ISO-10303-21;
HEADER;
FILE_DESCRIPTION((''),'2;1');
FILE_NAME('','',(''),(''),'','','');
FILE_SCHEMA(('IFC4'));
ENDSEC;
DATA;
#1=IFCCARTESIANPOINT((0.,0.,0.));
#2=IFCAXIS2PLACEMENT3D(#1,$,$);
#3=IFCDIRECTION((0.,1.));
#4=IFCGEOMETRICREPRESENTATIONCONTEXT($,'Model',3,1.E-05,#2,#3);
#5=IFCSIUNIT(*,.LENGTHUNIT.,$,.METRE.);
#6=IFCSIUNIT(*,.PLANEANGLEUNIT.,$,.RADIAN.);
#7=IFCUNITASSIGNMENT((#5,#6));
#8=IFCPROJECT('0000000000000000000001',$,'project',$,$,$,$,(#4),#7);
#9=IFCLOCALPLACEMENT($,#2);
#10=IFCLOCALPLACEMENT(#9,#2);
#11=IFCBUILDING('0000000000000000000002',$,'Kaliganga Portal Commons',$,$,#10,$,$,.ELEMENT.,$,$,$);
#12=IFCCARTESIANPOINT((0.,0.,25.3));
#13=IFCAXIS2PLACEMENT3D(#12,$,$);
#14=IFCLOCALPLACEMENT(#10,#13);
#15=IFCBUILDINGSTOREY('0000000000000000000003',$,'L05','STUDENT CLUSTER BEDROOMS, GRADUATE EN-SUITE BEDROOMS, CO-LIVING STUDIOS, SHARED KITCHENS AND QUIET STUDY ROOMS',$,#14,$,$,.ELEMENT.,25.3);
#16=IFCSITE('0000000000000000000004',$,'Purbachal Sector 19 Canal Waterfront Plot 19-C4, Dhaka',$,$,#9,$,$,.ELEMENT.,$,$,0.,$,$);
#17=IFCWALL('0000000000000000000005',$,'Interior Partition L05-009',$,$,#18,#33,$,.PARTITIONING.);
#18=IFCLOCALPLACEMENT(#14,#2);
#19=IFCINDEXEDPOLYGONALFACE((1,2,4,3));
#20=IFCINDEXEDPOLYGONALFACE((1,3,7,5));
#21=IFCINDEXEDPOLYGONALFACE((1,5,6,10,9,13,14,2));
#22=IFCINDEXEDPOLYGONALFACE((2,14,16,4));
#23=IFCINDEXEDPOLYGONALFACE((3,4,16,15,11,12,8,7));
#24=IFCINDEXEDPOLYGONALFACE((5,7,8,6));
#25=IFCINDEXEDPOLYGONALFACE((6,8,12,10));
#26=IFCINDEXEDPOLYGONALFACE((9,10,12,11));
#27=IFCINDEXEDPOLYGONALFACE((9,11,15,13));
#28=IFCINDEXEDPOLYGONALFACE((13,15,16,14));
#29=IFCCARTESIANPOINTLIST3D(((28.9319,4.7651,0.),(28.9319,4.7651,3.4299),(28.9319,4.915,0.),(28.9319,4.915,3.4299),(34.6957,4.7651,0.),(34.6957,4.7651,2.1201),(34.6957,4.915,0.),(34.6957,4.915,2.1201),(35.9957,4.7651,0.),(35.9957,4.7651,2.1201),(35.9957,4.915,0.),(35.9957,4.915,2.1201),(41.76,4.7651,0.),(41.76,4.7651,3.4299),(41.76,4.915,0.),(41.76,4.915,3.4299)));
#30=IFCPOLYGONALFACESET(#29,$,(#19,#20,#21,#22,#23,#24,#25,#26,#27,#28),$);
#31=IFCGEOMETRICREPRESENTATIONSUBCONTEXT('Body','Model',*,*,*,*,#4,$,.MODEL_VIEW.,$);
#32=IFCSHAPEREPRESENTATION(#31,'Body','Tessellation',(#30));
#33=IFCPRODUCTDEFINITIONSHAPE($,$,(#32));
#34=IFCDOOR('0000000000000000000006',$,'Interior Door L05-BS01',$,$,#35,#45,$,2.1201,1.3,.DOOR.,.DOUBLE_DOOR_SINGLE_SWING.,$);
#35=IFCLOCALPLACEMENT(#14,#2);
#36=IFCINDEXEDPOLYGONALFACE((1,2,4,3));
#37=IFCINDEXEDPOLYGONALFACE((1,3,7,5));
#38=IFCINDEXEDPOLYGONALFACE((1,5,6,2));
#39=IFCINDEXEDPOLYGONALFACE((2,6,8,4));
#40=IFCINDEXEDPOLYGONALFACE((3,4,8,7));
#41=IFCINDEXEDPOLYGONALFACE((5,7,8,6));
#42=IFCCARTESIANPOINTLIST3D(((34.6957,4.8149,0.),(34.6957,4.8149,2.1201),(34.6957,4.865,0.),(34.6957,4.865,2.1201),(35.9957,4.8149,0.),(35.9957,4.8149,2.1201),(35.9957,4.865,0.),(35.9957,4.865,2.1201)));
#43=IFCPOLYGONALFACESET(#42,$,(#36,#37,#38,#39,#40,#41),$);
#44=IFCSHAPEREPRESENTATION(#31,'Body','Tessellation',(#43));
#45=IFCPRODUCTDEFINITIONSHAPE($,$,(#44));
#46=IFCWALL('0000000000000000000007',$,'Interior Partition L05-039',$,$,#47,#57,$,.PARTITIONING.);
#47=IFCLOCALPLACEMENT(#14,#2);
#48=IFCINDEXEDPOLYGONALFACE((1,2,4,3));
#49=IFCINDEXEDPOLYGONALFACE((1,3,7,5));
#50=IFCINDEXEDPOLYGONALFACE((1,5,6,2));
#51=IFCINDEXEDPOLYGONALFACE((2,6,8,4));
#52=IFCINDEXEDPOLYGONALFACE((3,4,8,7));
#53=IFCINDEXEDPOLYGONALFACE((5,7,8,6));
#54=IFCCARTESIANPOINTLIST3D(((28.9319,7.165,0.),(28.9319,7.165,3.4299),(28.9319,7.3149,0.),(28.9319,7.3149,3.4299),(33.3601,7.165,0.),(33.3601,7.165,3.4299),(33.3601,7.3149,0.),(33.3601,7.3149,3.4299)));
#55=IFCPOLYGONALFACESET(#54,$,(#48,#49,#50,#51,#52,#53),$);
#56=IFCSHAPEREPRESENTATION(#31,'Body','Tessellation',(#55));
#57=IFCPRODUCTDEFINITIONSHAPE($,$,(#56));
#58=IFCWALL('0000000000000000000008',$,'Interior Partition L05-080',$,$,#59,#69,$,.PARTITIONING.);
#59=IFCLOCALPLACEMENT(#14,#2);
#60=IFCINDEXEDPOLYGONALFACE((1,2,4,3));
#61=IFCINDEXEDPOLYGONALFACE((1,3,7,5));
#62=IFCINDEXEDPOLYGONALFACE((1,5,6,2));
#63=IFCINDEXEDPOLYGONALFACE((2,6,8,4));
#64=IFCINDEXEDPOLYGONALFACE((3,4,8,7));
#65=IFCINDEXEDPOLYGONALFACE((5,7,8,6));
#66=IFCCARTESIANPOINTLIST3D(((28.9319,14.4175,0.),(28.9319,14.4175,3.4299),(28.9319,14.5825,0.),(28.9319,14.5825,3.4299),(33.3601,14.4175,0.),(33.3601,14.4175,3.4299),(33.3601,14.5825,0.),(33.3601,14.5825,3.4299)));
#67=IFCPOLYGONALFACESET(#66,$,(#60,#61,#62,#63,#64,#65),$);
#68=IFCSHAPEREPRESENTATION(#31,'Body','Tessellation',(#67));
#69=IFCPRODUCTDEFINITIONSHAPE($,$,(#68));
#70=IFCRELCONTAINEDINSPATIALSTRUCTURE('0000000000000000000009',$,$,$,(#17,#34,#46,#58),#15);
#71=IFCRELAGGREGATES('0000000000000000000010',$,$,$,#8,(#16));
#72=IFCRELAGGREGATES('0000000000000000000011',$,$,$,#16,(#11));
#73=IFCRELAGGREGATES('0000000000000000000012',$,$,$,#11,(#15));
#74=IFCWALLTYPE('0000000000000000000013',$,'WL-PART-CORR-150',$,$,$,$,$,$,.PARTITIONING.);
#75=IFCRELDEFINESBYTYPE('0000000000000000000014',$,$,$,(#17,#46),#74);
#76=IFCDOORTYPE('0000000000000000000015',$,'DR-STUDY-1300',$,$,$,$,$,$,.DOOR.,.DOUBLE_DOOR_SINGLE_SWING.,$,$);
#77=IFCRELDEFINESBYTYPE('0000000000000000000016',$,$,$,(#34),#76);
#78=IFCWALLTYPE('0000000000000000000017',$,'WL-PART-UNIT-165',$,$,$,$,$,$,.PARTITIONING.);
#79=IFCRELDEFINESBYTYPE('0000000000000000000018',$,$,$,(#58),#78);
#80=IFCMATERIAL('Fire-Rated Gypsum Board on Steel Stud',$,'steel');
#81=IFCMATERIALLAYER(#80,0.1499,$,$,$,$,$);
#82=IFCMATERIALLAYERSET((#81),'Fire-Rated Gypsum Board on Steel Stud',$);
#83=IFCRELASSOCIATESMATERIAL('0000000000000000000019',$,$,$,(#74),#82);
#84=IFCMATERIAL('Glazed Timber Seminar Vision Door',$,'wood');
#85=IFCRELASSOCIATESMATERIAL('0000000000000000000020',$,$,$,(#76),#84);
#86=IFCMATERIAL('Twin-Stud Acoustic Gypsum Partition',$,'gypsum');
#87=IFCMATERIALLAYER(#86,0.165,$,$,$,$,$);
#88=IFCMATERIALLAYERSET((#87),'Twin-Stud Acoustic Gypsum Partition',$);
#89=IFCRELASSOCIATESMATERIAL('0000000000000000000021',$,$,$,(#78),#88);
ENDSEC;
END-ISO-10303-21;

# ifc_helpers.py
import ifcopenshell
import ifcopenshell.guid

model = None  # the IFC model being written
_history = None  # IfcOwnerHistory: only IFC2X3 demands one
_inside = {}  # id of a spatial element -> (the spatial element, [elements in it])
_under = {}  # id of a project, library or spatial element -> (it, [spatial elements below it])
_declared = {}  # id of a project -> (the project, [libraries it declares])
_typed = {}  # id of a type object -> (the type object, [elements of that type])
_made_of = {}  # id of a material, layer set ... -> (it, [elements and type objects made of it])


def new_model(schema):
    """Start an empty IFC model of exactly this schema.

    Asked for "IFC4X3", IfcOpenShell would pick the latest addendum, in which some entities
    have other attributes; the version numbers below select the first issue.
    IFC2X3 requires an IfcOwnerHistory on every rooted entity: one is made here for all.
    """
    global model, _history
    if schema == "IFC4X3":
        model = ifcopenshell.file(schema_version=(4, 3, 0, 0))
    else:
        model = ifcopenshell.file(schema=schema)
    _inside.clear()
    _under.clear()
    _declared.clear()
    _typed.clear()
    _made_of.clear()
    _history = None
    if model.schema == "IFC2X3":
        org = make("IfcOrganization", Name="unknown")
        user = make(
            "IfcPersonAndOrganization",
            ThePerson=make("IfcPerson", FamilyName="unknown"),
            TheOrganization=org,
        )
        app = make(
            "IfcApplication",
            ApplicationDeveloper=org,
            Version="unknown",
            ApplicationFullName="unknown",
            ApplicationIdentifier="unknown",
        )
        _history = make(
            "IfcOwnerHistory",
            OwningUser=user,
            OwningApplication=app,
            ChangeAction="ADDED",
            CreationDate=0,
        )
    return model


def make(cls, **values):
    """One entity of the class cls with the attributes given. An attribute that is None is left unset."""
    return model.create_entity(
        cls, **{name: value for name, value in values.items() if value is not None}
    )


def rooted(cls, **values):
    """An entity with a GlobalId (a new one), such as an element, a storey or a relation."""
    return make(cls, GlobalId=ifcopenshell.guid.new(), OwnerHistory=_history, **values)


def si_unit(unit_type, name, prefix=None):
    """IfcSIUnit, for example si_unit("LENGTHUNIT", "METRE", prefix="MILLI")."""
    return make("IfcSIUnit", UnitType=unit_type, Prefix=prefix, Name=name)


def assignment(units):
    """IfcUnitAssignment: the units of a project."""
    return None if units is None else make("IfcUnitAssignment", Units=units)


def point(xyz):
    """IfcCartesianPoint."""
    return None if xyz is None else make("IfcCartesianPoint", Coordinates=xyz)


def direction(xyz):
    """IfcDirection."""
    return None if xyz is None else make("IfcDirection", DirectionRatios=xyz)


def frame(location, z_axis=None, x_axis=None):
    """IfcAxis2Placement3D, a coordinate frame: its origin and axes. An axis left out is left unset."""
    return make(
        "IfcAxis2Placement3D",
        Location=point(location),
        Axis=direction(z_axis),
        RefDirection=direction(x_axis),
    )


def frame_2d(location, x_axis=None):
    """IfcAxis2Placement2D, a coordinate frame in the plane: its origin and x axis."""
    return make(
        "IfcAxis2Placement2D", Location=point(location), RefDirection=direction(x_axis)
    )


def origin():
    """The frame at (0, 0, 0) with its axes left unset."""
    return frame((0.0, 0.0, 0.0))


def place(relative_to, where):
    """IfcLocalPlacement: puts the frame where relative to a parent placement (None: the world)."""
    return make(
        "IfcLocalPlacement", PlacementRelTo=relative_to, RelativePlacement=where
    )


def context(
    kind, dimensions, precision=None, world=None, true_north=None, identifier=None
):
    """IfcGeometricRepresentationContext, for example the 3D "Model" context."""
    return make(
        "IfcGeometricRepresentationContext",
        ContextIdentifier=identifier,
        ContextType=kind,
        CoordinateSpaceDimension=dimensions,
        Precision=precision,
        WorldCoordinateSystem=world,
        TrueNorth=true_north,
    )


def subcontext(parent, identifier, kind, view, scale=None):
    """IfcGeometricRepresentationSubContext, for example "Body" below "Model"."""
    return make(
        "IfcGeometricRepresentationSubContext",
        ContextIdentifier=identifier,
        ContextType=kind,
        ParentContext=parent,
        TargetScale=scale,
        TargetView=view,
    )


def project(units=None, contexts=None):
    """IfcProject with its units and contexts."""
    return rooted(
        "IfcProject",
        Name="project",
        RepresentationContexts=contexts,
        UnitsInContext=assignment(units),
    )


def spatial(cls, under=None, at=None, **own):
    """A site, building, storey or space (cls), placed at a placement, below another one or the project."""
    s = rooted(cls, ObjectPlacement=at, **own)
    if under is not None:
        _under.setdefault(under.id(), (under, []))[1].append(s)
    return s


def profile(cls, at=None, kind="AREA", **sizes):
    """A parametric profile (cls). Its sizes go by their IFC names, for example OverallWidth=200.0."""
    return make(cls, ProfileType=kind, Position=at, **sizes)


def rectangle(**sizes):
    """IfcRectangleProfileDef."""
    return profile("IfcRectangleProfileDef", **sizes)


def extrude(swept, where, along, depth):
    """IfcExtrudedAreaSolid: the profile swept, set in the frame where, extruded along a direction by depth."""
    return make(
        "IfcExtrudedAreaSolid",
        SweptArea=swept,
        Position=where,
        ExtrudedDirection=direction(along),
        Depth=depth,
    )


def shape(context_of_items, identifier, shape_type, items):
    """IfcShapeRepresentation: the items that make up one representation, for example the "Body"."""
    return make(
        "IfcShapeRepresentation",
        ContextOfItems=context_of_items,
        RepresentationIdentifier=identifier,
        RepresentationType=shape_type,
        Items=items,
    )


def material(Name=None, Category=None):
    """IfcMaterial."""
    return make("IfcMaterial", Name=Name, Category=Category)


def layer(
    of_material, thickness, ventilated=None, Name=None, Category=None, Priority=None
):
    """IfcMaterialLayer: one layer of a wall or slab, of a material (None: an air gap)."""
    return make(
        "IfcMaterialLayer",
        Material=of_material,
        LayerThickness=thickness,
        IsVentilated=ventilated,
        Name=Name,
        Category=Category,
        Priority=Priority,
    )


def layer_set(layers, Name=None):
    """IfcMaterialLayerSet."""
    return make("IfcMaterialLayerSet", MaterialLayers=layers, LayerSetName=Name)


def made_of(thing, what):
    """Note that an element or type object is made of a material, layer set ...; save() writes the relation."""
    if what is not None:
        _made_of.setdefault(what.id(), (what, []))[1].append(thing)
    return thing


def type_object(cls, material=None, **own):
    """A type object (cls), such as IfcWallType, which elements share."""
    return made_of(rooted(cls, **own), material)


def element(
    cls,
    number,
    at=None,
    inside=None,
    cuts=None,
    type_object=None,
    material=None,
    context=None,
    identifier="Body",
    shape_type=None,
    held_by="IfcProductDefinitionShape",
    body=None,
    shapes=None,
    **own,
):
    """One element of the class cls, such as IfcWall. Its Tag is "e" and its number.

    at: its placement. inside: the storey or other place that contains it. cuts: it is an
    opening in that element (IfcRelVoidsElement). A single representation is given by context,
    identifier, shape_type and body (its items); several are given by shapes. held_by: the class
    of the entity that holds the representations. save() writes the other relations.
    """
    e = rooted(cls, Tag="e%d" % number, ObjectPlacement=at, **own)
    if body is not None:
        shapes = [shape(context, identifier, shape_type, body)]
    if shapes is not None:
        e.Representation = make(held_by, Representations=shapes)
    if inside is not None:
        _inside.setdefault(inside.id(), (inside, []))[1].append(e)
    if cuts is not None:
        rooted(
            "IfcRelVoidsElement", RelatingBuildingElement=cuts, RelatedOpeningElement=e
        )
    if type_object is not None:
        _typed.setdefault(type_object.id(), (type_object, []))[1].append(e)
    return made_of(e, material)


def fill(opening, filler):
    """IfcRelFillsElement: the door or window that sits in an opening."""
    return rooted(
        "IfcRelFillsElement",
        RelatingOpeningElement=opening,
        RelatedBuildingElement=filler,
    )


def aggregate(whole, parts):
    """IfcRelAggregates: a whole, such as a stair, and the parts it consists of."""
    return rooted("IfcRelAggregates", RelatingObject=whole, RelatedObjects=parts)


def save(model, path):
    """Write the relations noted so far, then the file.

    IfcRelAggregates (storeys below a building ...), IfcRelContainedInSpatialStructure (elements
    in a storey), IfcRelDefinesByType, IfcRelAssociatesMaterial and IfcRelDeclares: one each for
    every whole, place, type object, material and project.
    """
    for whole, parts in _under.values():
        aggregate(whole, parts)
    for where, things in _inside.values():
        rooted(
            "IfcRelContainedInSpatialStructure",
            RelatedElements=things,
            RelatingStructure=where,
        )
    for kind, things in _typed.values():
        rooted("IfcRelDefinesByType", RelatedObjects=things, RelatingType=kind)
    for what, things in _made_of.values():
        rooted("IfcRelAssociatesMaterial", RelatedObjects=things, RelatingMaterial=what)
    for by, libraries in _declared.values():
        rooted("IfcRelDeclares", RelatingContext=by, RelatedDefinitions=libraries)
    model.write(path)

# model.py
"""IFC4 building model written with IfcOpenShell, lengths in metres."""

from ifc_helpers import new_model, si_unit, direction, frame, frame_2d, origin, place, context, subcontext, project, spatial, rectangle, extrude, material, layer, layer_set, type_object, element, fill, save


model = new_model("IFC4")

# Units and contexts
model_context = context("Model", 3, precision=1e-05, world=origin(), true_north=direction((0.0, 1.0)))
body_context = subcontext(model_context, "Body", "Model", "MODEL_VIEW")
ifc_project = project(units=[si_unit("LENGTHUNIT", "METRE"), si_unit("PLANEANGLEUNIT", "RADIAN")], contexts=[model_context])

# Site, building, storey
site_placement = place(None, origin())
site = spatial("IfcSite", under=ifc_project, at=site_placement, Name="Purbachal Sector 19 Canal Waterfront Plot 19-C4, Dhaka", CompositionType="ELEMENT", RefElevation=0.0)
building_placement = place(site_placement, origin())
building = spatial("IfcBuilding", under=site, at=building_placement, Name="Kaliganga Portal Commons", CompositionType="ELEMENT")
storey_placement = place(building_placement, frame((0.0, 0.0, 25.3)))
storey = spatial("IfcBuildingStorey", under=building, at=storey_placement, Name="L05", Description="STUDENT CLUSTER BEDROOMS, GRADUATE EN-SUITE BEDROOMS, CO-LIVING STUDIOS, SHARED KITCHENS AND QUIET STUDY ROOMS", CompositionType="ELEMENT", Elevation=25.3)

# Wall, opening, door
ifc_material_1 = material(Name="Fire-Rated Gypsum Board on Steel Stud", Category="steel")
ifc_layer_1 = layer(ifc_material_1, 0.1499)
ifc_layer_set_1 = layer_set([ifc_layer_1], Name="Fire-Rated Gypsum Board on Steel Stud")
wall_type_1 = type_object("IfcWallType", Name="WL-PART-CORR-150", PredefinedType="PARTITIONING", material=ifc_layer_set_1)
wall_1_placement = place(storey_placement, frame((28.9319, 4.8401, 0.0), z_axis=(0.0, 0.0, 1.0), x_axis=(1.0, 0.0, 0.0)))
wall_1 = element("IfcWall", 1, at=wall_1_placement, inside=storey, type_object=wall_type_1, Name="Interior Partition L05-009", PredefinedType="PARTITIONING", context=body_context, shape_type="SweptSolid", body=[
    extrude(rectangle(XDim=12.8281, YDim=0.1499, at=frame_2d((6.4141, 0.0))), origin(), (0.0, 0.0, 1.0), 3.4299),
])
opening_1_placement = place(wall_1_placement, frame((5.7639, 0.0, 0.0)))
opening_1 = element("IfcOpeningElement", 2, at=opening_1_placement, cuts=wall_1, PredefinedType="OPENING", context=body_context, shape_type="SweptSolid", body=[
    extrude(rectangle(XDim=1.3, YDim=2.1201, at=frame_2d((0.6499, 1.0601))), frame((0.0, 0.085, 0.0), z_axis=(0.0, -1.0, 0.0), x_axis=(1.0, 0.0, 0.0)), (0.0, 0.0, 1.0), 0.1699),
])
ifc_material_2 = material(Name="Glazed Timber Seminar Vision Door", Category="wood")
door_type = type_object("IfcDoorType", Name="DR-STUDY-1300", OperationType="DOUBLE_DOOR_SINGLE_SWING", PredefinedType="DOOR", material=ifc_material_2)
door_placement = place(opening_1_placement, origin())
door = element("IfcDoor", 3, at=door_placement, inside=storey, type_object=door_type, Name="Interior Door L05-BS01", OperationType="DOUBLE_DOOR_SINGLE_SWING", OverallHeight=2.1201, OverallWidth=1.3, PredefinedType="DOOR", context=body_context, shape_type="SweptSolid", body=[
    extrude(rectangle(XDim=1.3, YDim=2.1201, at=frame_2d((0.6499, 1.0601))), frame((0.0, 0.0249, 0.0), z_axis=(0.0, -1.0, 0.0), x_axis=(1.0, 0.0, 0.0)), (0.0, 0.0, 1.0), 0.05),
])
fill(opening_1, door)

# Walls
wall_2_placement = place(storey_placement, frame((28.9319, 7.24, 0.0), z_axis=(0.0, 0.0, 1.0), x_axis=(1.0, 0.0, 0.0)))
element("IfcWall", 4, at=wall_2_placement, inside=storey, type_object=wall_type_1, Name="Interior Partition L05-039", PredefinedType="PARTITIONING", context=body_context, shape_type="SweptSolid", body=[
    extrude(rectangle(XDim=4.4282, YDim=0.1499, at=frame_2d((2.2141, 0.0))), origin(), (0.0, 0.0, 1.0), 3.4299),
])
ifc_material_3 = material(Name="Twin-Stud Acoustic Gypsum Partition", Category="gypsum")
ifc_layer_2 = layer(ifc_material_3, 0.165)
ifc_layer_set_2 = layer_set([ifc_layer_2], Name="Twin-Stud Acoustic Gypsum Partition")
wall_type_2 = type_object("IfcWallType", Name="WL-PART-UNIT-165", PredefinedType="PARTITIONING", material=ifc_layer_set_2)
wall_3_placement = place(storey_placement, frame((28.9319, 14.5, 0.0), z_axis=(0.0, 0.0, 1.0), x_axis=(1.0, 0.0, 0.0)))
element("IfcWall", 5, at=wall_3_placement, inside=storey, type_object=wall_type_2, Name="Interior Partition L05-080", PredefinedType="PARTITIONING", context=body_context, shape_type="SweptSolid", body=[
    extrude(rectangle(XDim=4.4282, YDim=0.165, at=frame_2d((2.2141, 0.0))), origin(), (0.0, 0.0, 1.0), 3.4299),
])

save(model, "model.ifc")
